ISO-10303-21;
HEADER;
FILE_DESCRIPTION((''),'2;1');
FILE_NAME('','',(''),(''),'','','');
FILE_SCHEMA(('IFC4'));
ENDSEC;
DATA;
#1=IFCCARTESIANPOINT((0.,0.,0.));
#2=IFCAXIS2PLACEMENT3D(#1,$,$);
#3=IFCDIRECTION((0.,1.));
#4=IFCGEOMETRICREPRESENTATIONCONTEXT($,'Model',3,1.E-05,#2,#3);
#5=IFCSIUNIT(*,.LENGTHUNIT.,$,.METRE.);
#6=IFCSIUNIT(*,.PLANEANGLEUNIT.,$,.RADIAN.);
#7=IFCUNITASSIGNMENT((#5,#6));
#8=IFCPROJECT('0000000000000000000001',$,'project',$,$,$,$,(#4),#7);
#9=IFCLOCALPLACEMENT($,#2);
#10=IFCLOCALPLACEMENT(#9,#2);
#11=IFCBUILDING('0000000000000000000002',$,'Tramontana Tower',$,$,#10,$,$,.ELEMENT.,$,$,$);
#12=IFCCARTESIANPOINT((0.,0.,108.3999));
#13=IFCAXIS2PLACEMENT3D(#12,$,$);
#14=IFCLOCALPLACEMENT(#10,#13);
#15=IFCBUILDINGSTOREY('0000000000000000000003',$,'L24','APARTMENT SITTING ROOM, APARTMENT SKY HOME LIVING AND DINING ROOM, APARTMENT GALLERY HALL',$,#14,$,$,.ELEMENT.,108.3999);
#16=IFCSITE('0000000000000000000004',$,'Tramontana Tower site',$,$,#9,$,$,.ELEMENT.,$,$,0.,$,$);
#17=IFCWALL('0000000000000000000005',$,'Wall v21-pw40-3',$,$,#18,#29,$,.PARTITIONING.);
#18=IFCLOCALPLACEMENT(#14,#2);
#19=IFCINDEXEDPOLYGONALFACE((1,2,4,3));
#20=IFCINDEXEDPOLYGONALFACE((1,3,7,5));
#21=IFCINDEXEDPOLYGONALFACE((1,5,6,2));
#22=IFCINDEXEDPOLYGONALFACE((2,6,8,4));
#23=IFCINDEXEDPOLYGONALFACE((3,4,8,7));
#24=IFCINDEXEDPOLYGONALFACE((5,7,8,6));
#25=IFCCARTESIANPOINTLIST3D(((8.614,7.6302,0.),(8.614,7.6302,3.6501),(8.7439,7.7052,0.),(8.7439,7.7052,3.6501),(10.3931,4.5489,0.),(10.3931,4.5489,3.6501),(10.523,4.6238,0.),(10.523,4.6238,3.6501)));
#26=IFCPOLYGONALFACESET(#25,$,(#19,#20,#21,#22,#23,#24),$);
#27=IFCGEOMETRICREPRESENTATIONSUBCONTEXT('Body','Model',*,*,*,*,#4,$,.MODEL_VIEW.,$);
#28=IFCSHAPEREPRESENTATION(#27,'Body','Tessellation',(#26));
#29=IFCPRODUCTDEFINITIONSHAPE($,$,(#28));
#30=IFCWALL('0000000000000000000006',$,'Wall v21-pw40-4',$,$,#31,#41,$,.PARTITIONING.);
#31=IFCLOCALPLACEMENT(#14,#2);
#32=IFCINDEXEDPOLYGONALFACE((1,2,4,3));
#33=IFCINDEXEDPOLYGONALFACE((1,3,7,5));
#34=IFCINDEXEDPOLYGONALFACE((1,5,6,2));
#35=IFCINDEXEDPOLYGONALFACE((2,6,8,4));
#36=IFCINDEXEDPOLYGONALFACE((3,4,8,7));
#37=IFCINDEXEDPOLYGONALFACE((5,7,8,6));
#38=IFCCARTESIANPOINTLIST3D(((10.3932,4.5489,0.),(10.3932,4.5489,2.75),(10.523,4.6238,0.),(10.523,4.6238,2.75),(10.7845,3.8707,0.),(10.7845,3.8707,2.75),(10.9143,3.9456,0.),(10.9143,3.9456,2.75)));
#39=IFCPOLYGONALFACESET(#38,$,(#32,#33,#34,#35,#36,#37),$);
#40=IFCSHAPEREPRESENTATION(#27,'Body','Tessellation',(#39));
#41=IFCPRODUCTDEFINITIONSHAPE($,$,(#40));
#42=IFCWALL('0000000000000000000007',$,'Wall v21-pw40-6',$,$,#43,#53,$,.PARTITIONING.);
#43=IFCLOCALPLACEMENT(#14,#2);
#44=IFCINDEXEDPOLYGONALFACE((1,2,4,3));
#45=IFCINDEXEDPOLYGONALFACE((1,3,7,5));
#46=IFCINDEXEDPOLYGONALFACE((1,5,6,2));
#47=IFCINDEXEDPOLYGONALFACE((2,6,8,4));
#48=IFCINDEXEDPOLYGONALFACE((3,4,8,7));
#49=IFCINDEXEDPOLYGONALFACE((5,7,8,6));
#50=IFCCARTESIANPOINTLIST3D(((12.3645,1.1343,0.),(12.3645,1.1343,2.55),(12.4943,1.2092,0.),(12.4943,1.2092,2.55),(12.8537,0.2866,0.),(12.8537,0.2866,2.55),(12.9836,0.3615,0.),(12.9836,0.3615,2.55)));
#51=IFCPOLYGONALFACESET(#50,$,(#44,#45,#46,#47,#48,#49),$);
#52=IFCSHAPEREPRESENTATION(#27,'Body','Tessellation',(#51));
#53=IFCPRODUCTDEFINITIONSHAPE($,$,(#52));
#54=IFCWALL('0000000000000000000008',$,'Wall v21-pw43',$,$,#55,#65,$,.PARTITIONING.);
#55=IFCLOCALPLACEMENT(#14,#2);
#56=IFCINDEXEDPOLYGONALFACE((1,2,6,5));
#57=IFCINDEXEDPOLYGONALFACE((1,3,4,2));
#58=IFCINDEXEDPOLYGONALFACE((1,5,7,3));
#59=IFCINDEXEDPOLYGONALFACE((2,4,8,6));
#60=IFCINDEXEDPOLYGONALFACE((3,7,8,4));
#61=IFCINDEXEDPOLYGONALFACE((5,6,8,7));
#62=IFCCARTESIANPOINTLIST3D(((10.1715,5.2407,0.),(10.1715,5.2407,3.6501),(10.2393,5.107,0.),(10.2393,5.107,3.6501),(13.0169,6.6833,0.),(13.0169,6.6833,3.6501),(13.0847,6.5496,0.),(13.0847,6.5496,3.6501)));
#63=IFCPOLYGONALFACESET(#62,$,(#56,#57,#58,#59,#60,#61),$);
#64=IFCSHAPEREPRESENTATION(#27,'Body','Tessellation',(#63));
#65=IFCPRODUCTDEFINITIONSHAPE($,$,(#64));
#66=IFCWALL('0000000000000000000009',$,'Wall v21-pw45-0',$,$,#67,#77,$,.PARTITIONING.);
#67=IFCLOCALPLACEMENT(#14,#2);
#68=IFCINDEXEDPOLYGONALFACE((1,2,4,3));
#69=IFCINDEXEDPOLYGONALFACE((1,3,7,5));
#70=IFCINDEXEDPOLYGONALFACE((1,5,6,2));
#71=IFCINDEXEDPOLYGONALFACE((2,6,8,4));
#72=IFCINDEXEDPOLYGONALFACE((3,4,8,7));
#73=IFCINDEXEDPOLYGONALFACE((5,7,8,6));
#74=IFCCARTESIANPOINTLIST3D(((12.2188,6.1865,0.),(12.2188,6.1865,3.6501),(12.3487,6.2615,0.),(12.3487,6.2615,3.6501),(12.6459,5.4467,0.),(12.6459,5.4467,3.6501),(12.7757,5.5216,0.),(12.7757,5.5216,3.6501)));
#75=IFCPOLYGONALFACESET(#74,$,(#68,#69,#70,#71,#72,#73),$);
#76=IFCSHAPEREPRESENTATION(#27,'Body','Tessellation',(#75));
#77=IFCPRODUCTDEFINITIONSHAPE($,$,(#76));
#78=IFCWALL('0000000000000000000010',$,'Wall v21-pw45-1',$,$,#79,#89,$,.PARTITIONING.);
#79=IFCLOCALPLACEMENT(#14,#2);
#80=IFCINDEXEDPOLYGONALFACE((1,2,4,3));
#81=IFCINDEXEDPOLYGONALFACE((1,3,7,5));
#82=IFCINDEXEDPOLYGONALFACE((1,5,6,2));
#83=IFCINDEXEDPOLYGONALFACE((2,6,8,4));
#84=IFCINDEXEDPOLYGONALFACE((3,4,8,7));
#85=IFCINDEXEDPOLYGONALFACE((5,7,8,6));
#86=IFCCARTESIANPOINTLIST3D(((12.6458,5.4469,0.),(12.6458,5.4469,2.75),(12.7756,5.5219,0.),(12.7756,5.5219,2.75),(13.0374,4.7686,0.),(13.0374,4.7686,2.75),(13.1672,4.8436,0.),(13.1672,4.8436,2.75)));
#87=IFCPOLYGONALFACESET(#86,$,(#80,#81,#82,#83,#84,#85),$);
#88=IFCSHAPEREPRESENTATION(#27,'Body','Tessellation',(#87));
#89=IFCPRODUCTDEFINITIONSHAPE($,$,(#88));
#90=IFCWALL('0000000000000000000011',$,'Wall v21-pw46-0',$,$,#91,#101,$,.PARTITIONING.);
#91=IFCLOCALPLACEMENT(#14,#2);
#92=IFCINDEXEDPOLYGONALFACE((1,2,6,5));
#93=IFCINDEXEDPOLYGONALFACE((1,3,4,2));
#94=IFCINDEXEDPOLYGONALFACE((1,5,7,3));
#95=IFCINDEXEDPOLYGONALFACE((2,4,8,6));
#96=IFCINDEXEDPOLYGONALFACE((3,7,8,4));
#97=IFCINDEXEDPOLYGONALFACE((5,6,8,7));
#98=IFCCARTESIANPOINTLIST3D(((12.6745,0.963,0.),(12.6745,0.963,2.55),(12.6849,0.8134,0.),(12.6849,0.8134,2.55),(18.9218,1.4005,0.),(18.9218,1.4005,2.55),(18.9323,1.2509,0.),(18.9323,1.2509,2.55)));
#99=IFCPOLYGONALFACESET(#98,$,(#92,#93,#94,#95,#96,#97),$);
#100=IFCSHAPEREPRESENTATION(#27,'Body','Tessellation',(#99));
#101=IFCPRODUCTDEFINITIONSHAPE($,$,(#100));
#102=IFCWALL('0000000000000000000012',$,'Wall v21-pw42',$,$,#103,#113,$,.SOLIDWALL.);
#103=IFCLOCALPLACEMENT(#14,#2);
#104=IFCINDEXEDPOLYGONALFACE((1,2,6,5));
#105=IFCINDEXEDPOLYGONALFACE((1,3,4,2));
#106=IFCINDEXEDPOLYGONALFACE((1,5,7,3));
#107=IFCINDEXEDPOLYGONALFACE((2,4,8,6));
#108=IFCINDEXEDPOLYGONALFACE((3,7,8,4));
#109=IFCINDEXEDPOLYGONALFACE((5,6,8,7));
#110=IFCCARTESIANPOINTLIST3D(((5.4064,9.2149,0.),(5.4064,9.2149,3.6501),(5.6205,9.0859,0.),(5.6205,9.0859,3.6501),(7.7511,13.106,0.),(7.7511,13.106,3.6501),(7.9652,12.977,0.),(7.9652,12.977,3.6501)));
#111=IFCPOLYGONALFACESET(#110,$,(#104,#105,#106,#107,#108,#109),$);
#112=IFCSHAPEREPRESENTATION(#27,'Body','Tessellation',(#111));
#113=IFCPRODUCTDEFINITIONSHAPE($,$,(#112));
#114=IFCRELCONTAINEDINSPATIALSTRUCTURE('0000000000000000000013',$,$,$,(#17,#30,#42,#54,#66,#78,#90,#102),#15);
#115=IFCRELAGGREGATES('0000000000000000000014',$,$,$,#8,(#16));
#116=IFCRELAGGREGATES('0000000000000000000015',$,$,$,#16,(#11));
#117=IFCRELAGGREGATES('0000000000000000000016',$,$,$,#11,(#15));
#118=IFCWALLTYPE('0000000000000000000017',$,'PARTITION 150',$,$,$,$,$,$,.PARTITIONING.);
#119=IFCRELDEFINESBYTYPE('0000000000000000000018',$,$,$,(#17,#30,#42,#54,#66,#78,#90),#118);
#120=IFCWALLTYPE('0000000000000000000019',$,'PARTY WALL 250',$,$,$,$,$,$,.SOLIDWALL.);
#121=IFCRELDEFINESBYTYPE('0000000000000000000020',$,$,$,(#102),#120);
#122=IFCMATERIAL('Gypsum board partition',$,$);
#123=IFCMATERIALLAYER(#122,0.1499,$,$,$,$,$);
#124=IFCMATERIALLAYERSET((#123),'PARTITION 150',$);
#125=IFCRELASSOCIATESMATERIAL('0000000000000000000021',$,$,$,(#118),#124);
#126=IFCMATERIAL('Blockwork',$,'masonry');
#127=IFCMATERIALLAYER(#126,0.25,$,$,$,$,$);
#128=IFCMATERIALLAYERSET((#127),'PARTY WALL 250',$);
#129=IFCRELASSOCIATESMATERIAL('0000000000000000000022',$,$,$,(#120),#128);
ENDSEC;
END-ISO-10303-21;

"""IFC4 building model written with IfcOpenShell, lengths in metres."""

from ifc_helpers import new_model, si_unit, direction, frame, frame_2d, origin, place, context, subcontext, project, spatial, rectangle, extrude, material, layer, layer_set, type_object, element, save


model = new_model("IFC4")

# Units and contexts
model_context = context("Model", 3, precision=1e-05, world=origin(), true_north=direction((0.0, 1.0)))
body_context = subcontext(model_context, "Body", "Model", "MODEL_VIEW")
ifc_project = project(units=[si_unit("LENGTHUNIT", "METRE"), si_unit("PLANEANGLEUNIT", "RADIAN")], contexts=[model_context])

# Site, building, storey
site_placement = place(None, origin())
site = spatial("IfcSite", under=ifc_project, at=site_placement, Name="Tramontana Tower site", CompositionType="ELEMENT", RefElevation=0.0)
building_placement = place(site_placement, origin())
building = spatial("IfcBuilding", under=site, at=building_placement, Name="Tramontana Tower", CompositionType="ELEMENT")
storey_placement = place(building_placement, frame((0.0, 0.0, 108.3999)))
storey = spatial("IfcBuildingStorey", under=building, at=storey_placement, Name="L24", Description="APARTMENT SITTING ROOM, APARTMENT SKY HOME LIVING AND DINING ROOM, APARTMENT GALLERY HALL", CompositionType="ELEMENT", Elevation=108.3999)

# Shared definitions
ifc_material_1 = material(Name="Gypsum board partition")
ifc_layer_1 = layer(ifc_material_1, 0.1499)
ifc_layer_set_1 = layer_set([ifc_layer_1], Name="PARTITION 150")
wall_type_1 = type_object("IfcWallType", Name="PARTITION 150", PredefinedType="PARTITIONING", material=ifc_layer_set_1)

# Walls
wall_1_placement = place(storey_placement, frame((8.679, 7.6677, 0.0), z_axis=(0.0, 0.0, 1.0), x_axis=(0.500013, -0.866018, 0.0)))
element("IfcWall", 1, at=wall_1_placement, inside=storey, type_object=wall_type_1, Name="Wall v21-pw40-3", PredefinedType="PARTITIONING", context=body_context, shape_type="SweptSolid", body=[
    extrude(rectangle(XDim=3.5581, YDim=0.1499, at=frame_2d((1.7791, 0.0))), origin(), (0.0, 0.0, 1.0), 3.6501),
])
wall_2_placement = place(storey_placement, frame((10.458, 4.5864, 0.0), z_axis=(0.0, 0.0, 1.0), x_axis=(0.499794, -0.866144, 0.0)))
element("IfcWall", 2, at=wall_2_placement, inside=storey, type_object=wall_type_1, Name="Wall v21-pw40-4", PredefinedType="PARTITIONING", context=body_context, shape_type="SweptSolid", body=[
    extrude(rectangle(XDim=0.783, YDim=0.1499, at=frame_2d((0.3916, 0.0))), origin(), (0.0, 0.0, 1.0), 2.75),
])

# Walls
wall_3_placement = place(storey_placement, frame((12.4294, 1.1716, 0.0), z_axis=(0.0, 0.0, 1.0), x_axis=(0.499895, -0.866086, 0.0)))
element("IfcWall", 3, at=wall_3_placement, inside=storey, type_object=wall_type_1, Name="Wall v21-pw40-6", PredefinedType="PARTITIONING", context=body_context, shape_type="SweptSolid", body=[
    extrude(rectangle(XDim=0.9788, YDim=0.1499, at=frame_2d((0.4893, 0.0))), origin(), (0.0, 0.0, 1.0), 2.55),
])
wall_4_placement = place(storey_placement, frame((10.2053, 5.1738, 0.0), z_axis=(0.0, 0.0, 1.0), x_axis=(0.891919, 0.452196, 0.0)))
element("IfcWall", 4, at=wall_4_placement, inside=storey, type_object=wall_type_1, Name="Wall v21-pw43", PredefinedType="PARTITIONING", context=body_context, shape_type="SweptSolid", body=[
    extrude(rectangle(XDim=3.1902, YDim=0.1499, at=frame_2d((1.5952, 0.0))), origin(), (0.0, 0.0, 1.0), 3.6501),
])
wall_5_placement = place(storey_placement, frame((12.2837, 6.2241, 0.0), z_axis=(0.0, 0.0, 1.0), x_axis=(0.49992, -0.866071, 0.0)))
element("IfcWall", 5, at=wall_5_placement, inside=storey, type_object=wall_type_1, Name="Wall v21-pw45-0", PredefinedType="PARTITIONING", context=body_context, shape_type="SweptSolid", body=[
    extrude(rectangle(XDim=0.8542, YDim=0.1499, at=frame_2d((0.4272, 0.0))), origin(), (0.0, 0.0, 1.0), 3.6501),
])
wall_6_placement = place(storey_placement, frame((12.7107, 5.4844, 0.0), z_axis=(0.0, 0.0, 1.0), x_axis=(0.500028, -0.866009, 0.0)))
element("IfcWall", 6, at=wall_6_placement, inside=storey, type_object=wall_type_1, Name="Wall v21-pw45-1", PredefinedType="PARTITIONING", context=body_context, shape_type="SweptSolid", body=[
    extrude(rectangle(XDim=0.7832, YDim=0.1499, at=frame_2d((0.3916, 0.0))), origin(), (0.0, 0.0, 1.0), 2.75),
])
wall_7_placement = place(storey_placement, frame((12.6797, 0.8882, 0.0), z_axis=(0.0, 0.0, 1.0), x_axis=(0.997557, 0.069859, 0.0)))
element("IfcWall", 7, at=wall_7_placement, inside=storey, type_object=wall_type_1, Name="Wall v21-pw46-0", PredefinedType="PARTITIONING", context=body_context, shape_type="SweptSolid", body=[
    extrude(rectangle(XDim=6.2627, YDim=0.1499, at=frame_2d((3.1313, 0.0))), origin(), (0.0, 0.0, 1.0), 2.55),
])

# Wall
ifc_material_2 = material(Name="Blockwork", Category="masonry")
ifc_layer_2 = layer(ifc_material_2, 0.25)
ifc_layer_set_2 = layer_set([ifc_layer_2], Name="PARTY WALL 250")
wall_type_2 = type_object("IfcWallType", Name="PARTY WALL 250", PredefinedType="SOLIDWALL", material=ifc_layer_set_2)
wall_8_placement = place(storey_placement, frame((7.8582, 13.0415, 0.0), z_axis=(0.0, 0.0, 1.0), x_axis=(-0.516123, -0.856515, 0.0)))
element("IfcWall", 8, at=wall_8_placement, inside=storey, type_object=wall_type_2, Name="Wall v21-pw42", PredefinedType="SOLIDWALL", context=body_context, shape_type="SweptSolid", body=[
    extrude(rectangle(XDim=4.543, YDim=0.25, at=frame_2d((2.2715, 0.0))), origin(), (0.0, 0.0, 1.0), 3.6501),
])

save(model, "model.ifc")
